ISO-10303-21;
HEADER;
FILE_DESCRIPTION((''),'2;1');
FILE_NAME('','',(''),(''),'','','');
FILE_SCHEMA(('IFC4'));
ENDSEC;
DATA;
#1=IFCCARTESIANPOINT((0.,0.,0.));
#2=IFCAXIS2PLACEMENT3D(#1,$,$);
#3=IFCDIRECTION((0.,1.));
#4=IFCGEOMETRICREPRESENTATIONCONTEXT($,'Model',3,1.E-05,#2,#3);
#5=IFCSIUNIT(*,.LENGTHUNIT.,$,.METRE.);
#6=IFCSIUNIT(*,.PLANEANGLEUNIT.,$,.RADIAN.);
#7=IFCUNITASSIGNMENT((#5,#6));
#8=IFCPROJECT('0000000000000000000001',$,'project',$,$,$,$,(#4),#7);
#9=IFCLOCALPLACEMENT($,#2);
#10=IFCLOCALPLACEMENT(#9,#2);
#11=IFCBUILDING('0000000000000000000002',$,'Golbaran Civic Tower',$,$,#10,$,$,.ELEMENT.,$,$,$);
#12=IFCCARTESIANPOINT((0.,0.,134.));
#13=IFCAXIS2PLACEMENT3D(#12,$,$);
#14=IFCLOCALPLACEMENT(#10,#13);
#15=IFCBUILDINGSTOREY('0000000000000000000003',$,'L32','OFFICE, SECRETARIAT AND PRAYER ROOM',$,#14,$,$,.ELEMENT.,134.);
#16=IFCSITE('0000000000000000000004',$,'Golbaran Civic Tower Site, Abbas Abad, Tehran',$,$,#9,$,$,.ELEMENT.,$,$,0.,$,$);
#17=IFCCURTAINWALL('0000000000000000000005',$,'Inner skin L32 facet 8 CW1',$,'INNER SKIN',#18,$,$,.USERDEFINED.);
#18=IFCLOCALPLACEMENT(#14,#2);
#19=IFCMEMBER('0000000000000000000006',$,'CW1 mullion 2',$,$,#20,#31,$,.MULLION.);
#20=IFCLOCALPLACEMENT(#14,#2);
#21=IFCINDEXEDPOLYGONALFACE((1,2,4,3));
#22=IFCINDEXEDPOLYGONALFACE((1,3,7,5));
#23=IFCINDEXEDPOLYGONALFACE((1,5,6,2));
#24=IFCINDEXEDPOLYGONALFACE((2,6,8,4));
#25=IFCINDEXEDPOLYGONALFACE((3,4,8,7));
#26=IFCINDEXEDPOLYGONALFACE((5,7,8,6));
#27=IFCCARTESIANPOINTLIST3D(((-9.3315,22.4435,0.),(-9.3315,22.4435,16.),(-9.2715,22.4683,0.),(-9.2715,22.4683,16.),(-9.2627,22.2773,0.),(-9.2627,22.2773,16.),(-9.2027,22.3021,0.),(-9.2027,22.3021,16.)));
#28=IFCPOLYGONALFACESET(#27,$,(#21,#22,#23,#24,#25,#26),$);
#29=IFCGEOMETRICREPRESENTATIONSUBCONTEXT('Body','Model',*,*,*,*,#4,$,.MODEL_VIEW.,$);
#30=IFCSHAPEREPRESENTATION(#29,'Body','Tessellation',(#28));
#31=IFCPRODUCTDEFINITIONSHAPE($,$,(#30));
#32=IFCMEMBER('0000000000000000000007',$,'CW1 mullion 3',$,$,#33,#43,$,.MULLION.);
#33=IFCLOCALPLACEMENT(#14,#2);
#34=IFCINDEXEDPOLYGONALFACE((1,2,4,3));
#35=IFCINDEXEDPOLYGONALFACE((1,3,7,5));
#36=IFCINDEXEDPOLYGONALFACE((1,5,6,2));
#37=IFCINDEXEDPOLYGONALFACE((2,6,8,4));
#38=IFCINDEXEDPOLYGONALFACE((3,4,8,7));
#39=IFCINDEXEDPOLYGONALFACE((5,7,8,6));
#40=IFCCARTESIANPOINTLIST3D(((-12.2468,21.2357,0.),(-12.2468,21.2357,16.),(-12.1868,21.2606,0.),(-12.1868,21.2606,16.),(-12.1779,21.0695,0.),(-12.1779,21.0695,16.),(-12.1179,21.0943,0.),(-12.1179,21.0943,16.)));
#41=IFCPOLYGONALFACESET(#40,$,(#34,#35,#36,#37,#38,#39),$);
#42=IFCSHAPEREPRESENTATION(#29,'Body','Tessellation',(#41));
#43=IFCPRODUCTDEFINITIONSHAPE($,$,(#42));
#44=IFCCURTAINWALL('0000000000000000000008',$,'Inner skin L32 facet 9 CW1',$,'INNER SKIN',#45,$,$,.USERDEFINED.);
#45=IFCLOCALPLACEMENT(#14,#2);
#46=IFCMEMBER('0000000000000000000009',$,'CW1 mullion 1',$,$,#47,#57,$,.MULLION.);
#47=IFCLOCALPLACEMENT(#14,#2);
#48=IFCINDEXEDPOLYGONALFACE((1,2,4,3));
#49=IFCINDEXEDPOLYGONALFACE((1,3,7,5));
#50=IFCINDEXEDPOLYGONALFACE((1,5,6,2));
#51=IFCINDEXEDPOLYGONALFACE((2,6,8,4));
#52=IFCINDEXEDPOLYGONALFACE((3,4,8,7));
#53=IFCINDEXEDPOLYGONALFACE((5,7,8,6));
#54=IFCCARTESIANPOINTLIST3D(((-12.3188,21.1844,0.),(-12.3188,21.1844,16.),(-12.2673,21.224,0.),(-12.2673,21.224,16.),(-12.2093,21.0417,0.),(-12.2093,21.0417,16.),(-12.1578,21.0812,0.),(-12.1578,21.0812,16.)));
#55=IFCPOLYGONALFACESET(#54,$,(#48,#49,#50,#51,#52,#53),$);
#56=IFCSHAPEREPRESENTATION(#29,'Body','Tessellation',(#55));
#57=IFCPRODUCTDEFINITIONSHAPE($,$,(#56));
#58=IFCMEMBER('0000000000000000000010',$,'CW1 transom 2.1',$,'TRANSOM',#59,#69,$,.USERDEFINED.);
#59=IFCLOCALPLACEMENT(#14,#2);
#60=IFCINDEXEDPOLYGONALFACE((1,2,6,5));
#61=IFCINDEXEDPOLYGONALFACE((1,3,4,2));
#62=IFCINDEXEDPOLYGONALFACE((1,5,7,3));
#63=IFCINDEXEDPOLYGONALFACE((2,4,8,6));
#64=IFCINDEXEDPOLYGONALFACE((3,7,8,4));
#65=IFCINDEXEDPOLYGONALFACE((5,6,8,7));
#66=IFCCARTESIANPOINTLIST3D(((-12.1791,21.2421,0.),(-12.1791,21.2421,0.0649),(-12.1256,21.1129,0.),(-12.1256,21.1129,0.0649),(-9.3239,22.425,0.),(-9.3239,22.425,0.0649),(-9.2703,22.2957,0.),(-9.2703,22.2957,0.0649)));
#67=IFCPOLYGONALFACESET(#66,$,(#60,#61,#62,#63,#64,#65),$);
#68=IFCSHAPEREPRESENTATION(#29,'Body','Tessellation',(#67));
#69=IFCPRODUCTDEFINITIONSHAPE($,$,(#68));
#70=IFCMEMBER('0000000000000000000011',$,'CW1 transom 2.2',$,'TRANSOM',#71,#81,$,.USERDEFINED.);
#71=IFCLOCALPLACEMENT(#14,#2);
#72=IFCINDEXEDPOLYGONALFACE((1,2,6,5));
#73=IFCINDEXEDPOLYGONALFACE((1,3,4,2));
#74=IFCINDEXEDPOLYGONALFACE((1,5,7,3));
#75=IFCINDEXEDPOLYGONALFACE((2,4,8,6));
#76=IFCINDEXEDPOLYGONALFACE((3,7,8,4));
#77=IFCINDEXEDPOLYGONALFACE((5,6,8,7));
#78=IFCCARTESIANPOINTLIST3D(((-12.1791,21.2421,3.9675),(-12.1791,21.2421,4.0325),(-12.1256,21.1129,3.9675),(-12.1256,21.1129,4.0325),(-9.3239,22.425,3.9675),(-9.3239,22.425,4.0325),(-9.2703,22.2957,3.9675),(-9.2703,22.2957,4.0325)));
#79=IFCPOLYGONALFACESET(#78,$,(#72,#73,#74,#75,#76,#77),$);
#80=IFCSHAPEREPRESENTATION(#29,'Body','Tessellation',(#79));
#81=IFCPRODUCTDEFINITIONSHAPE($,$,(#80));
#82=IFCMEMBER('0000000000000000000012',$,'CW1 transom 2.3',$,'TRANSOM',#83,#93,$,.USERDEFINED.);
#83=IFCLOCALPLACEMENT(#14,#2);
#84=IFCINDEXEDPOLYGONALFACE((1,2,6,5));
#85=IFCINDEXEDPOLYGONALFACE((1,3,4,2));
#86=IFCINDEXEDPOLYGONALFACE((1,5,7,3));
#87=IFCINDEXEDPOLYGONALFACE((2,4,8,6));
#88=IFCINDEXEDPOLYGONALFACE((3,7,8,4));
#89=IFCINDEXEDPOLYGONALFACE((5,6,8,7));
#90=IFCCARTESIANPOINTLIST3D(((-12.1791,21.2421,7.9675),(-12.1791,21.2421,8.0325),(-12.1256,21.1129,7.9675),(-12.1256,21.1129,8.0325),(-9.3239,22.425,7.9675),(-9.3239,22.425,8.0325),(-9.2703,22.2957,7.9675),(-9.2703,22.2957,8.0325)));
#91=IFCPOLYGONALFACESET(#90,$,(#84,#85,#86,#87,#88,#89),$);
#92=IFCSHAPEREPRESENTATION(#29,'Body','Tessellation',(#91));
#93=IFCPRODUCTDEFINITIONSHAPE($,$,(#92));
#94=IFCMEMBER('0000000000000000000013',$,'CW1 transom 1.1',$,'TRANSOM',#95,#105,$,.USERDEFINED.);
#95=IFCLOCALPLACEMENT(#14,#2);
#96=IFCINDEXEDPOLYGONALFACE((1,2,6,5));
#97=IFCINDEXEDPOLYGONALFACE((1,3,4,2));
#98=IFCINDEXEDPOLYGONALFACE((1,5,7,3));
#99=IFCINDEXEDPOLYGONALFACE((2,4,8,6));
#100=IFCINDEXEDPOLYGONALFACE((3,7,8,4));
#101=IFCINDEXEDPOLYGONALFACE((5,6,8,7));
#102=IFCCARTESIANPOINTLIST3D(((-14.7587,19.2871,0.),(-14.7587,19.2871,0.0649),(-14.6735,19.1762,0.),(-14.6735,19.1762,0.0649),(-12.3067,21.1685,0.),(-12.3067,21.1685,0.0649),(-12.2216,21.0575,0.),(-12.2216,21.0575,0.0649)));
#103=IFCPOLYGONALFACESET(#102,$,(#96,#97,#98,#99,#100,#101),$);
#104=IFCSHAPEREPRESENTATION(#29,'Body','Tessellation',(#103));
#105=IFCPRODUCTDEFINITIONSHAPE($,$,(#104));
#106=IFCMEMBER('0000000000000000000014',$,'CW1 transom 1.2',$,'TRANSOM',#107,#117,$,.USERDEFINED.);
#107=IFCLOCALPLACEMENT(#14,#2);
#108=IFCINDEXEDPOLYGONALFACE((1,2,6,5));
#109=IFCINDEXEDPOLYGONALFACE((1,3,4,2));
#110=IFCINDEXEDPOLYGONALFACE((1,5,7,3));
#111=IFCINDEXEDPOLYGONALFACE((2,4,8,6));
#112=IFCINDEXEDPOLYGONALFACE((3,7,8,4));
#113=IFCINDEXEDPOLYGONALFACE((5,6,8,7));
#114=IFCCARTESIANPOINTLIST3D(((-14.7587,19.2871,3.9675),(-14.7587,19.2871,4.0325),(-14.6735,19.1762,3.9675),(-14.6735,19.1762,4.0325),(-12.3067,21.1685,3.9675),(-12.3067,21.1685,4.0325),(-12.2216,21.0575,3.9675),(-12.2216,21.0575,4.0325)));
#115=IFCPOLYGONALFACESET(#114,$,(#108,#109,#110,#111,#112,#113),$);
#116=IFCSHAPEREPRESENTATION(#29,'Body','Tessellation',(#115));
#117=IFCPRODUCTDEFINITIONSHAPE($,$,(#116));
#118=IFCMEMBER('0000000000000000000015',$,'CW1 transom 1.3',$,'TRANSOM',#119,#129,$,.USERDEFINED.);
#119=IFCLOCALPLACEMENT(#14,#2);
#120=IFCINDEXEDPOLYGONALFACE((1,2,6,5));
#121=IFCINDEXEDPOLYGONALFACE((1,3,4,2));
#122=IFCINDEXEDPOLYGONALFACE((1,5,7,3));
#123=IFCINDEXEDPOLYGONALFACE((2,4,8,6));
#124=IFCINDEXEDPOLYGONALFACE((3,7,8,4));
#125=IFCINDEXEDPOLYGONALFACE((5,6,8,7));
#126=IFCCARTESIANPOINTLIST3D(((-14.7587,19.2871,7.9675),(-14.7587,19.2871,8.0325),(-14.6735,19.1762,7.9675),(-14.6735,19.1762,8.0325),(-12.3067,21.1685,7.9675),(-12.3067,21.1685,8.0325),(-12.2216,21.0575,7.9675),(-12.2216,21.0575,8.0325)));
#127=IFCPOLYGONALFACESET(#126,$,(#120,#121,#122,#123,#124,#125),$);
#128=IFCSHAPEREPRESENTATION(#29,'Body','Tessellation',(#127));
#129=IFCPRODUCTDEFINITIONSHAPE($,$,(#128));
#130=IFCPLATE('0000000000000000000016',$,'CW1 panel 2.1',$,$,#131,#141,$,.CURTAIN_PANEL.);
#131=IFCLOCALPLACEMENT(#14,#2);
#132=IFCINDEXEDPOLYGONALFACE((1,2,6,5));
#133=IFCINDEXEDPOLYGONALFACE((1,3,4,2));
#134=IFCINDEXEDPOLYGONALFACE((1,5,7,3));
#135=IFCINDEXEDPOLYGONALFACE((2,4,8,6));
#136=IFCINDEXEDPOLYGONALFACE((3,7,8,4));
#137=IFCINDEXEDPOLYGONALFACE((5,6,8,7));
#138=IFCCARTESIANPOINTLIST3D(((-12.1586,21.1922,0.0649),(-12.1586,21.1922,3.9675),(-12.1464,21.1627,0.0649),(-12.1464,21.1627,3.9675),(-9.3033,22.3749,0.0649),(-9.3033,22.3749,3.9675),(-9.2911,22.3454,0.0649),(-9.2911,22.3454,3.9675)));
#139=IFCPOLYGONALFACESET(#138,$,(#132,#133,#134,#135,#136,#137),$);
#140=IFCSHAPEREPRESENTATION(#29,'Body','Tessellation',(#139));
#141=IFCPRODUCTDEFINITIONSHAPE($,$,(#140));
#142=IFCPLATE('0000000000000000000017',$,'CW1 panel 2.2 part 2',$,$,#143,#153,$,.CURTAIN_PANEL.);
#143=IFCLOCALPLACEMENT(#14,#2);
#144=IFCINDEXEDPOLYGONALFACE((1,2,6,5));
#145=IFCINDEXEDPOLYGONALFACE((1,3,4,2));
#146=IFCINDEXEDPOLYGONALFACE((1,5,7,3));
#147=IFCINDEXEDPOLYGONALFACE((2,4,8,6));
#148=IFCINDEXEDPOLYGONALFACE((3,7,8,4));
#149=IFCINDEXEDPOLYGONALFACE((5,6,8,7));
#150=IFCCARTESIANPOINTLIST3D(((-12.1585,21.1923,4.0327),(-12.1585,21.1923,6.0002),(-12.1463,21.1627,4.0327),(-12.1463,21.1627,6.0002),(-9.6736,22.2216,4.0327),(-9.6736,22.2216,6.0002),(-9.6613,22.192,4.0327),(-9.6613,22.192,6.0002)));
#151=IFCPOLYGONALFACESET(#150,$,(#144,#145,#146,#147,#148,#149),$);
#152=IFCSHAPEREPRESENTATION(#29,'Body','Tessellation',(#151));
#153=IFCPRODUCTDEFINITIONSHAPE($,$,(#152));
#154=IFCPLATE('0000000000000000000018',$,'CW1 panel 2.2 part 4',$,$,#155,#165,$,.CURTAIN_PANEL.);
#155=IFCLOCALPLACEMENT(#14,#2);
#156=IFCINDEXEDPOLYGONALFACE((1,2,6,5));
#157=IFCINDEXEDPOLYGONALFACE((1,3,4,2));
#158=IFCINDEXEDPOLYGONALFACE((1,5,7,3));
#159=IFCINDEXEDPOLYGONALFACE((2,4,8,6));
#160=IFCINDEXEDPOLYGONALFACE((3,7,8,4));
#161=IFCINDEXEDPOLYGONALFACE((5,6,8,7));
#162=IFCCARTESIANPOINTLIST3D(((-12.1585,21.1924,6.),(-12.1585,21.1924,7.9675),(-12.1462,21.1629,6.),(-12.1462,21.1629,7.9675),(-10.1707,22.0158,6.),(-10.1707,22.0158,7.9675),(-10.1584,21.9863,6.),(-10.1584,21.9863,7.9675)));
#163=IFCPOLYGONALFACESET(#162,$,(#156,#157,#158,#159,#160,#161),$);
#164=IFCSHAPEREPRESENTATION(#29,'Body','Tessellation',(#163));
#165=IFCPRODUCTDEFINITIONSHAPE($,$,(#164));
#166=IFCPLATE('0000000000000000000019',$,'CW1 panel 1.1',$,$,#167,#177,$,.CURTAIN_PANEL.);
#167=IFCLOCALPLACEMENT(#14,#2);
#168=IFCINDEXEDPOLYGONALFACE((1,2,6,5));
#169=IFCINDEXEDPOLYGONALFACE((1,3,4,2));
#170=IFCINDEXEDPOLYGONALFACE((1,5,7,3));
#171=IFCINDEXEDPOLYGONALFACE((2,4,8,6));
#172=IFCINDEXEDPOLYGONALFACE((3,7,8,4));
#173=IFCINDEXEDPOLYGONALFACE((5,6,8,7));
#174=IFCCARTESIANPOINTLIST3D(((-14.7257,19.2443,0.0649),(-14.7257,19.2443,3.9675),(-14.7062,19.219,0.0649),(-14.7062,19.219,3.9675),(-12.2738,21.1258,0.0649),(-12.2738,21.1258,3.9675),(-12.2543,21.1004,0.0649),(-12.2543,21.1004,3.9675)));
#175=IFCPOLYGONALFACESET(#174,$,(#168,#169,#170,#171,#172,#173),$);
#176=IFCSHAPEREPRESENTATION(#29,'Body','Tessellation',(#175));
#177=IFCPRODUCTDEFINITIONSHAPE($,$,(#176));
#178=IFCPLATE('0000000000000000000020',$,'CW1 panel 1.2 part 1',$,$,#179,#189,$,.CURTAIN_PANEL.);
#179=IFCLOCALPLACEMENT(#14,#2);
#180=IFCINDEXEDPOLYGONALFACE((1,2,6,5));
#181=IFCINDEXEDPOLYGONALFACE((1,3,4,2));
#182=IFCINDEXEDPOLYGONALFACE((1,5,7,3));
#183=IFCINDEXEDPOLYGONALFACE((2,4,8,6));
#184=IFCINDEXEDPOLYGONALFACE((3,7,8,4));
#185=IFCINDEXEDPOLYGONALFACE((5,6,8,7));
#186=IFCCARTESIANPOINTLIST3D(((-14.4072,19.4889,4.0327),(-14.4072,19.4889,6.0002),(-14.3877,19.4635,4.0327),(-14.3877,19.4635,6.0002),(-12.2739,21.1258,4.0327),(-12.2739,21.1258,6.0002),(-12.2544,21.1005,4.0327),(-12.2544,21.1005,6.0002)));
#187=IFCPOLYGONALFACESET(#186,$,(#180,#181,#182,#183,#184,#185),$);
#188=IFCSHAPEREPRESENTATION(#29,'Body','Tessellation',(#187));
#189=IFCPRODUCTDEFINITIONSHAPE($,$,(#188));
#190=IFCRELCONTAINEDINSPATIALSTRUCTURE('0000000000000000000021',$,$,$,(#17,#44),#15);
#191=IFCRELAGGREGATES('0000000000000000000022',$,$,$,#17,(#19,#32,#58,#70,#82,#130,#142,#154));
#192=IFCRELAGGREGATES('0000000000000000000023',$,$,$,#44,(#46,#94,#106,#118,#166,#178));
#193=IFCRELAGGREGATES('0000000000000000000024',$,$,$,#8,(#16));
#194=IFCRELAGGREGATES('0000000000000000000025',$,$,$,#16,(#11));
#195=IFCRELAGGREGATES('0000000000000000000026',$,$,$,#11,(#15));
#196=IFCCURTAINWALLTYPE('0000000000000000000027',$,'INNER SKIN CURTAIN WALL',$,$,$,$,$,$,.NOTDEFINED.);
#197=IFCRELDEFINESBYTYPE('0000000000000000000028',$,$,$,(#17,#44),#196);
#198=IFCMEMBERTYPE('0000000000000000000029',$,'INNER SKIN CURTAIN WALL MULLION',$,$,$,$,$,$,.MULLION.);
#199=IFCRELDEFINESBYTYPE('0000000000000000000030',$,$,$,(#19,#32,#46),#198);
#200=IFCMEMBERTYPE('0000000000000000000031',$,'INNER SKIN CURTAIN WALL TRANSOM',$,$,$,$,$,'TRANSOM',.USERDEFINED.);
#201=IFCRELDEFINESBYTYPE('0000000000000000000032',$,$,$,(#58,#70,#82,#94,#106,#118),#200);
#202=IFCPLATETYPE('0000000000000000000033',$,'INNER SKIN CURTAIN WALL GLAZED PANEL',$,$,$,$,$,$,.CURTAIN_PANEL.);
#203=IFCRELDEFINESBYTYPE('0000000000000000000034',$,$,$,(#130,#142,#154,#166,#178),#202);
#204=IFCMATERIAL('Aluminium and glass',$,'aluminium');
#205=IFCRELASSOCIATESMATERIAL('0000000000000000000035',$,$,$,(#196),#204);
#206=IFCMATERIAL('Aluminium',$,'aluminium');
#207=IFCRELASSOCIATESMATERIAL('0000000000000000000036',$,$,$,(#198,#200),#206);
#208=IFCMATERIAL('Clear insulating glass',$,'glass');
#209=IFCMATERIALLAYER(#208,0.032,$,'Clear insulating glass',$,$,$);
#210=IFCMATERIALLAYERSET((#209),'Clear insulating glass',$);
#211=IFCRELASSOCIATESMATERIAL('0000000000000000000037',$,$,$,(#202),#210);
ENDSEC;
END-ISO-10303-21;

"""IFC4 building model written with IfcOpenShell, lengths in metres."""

from ifc_helpers import new_model, si_unit, direction, frame, origin, origin_2d, place, context, subcontext, project, spatial, rectangle, extrude, material, layer, layer_set, material_profile, profile_set, type_object, element, aggregate, save


model = new_model("IFC4")

# Units and contexts
model_context = context("Model", 3, precision=1e-05, world=origin(), true_north=direction((0.0, 1.0)))
body_context = subcontext(model_context, "Body", "Model", "MODEL_VIEW")
ifc_project = project(units=[si_unit("LENGTHUNIT", "METRE"), si_unit("PLANEANGLEUNIT", "RADIAN")], contexts=[model_context])

# Site, building, storey
site_placement = place(None, origin())
site = spatial("IfcSite", under=ifc_project, at=site_placement, Name="Golbaran Civic Tower Site, Abbas Abad, Tehran", CompositionType="ELEMENT", RefElevation=0.0)
building_placement = place(site_placement, origin())
building = spatial("IfcBuilding", under=site, at=building_placement, Name="Golbaran Civic Tower", CompositionType="ELEMENT")
storey_placement = place(building_placement, frame((0.0, 0.0, 134.0)))
storey = spatial("IfcBuildingStorey", under=building, at=storey_placement, Name="L32", Description="OFFICE, SECRETARIAT AND PRAYER ROOM", CompositionType="ELEMENT", Elevation=134.0)

# Curtain wall, members
ifc_material_1 = material(Name="Aluminium and glass", Category="aluminium")
curtain_wall_type_1 = type_object("IfcCurtainWallType", Name="INNER SKIN CURTAIN WALL", PredefinedType="NOTDEFINED", material=ifc_material_1)
curtain_wall_1_placement = place(storey_placement, origin())
curtain_wall_1 = element("IfcCurtainWall", 1, at=curtain_wall_1_placement, inside=storey, type_object=curtain_wall_type_1, Name="Inner skin L32 facet 8 CW1", ObjectType="INNER SKIN", PredefinedType="USERDEFINED")
ifc_material_2 = material(Name="Aluminium", Category="aluminium")
ifc_material_profile_1 = material_profile(ifc_material_2, rectangle(XDim=0.1799, YDim=0.0649, at=origin_2d()), Name="INNER SKIN CURTAIN WALL MULLION")
ifc_profile_set_1 = profile_set([ifc_material_profile_1], Name="Aluminium")
member_type_1 = type_object("IfcMemberType", Name="INNER SKIN CURTAIN WALL MULLION", PredefinedType="MULLION", material=ifc_profile_set_1)
member_1_placement = place(storey_placement, frame((-9.2671, 22.3728, 0.0), z_axis=(0.0, 0.0, 1.0), x_axis=(0.382683, -0.92388, 0.0)))
member_1 = element("IfcMember", 2, at=member_1_placement, type_object=member_type_1, Name="CW1 mullion 2", PredefinedType="MULLION", context=body_context, shape_type="SweptSolid", body=[
    extrude(rectangle(XDim=0.1799, YDim=0.0649, at=origin_2d()), origin(), (0.0, 0.0, 1.0), 16.0),
])
member_2_placement = place(storey_placement, frame((-12.1824, 21.165, 0.0), z_axis=(0.0, 0.0, 1.0), x_axis=(0.382683, -0.92388, 0.0)))
member_2 = element("IfcMember", 3, at=member_2_placement, type_object=member_type_1, Name="CW1 mullion 3", PredefinedType="MULLION", context=body_context, shape_type="SweptSolid", body=[
    extrude(rectangle(XDim=0.1799, YDim=0.0649, at=origin_2d()), origin(), (0.0, 0.0, 1.0), 16.0),
])

# Curtain wall, member
curtain_wall_2_placement = place(storey_placement, origin())
curtain_wall_2 = element("IfcCurtainWall", 4, at=curtain_wall_2_placement, inside=storey, type_object=curtain_wall_type_1, Name="Inner skin L32 facet 9 CW1", ObjectType="INNER SKIN", PredefinedType="USERDEFINED")
member_3_placement = place(storey_placement, frame((-12.2383, 21.1328, 0.0), z_axis=(0.0, 0.0, 1.0), x_axis=(0.608761, -0.793353, 0.0)))
member_3 = element("IfcMember", 5, at=member_3_placement, type_object=member_type_1, Name="CW1 mullion 1", PredefinedType="MULLION", context=body_context, shape_type="SweptSolid", body=[
    extrude(rectangle(XDim=0.1799, YDim=0.0649, at=origin_2d()), origin(), (0.0, 0.0, 1.0), 16.0),
])

# Members
ifc_material_profile_2 = material_profile(ifc_material_2, rectangle(XDim=0.1399, YDim=0.0649, at=origin_2d()), Name="INNER SKIN CURTAIN WALL TRANSOM")
ifc_profile_set_2 = profile_set([ifc_material_profile_2], Name="Aluminium")
member_type_2 = type_object("IfcMemberType", Name="INNER SKIN CURTAIN WALL TRANSOM", ElementType="TRANSOM", PredefinedType="USERDEFINED", material=ifc_profile_set_2)
member_4_placement = place(storey_placement, frame((-9.2971, 22.3604, 0.0325), z_axis=(-0.923858, -0.382736, 0.0), x_axis=(0.382736, -0.923858, 0.0)))
member_4 = element("IfcMember", 6, at=member_4_placement, type_object=member_type_2, Name="CW1 transom 2.1", ObjectType="TRANSOM", PredefinedType="USERDEFINED", context=body_context, shape_type="SweptSolid", body=[
    extrude(rectangle(XDim=0.1399, YDim=0.0649, at=origin_2d()), origin(), (0.0, 0.0, 1.0), 3.0906),
])
member_5_placement = place(storey_placement, frame((-9.2971, 22.3604, 4.0), z_axis=(-0.923858, -0.382736, 0.0), x_axis=(0.382736, -0.923858, 0.0)))
member_5 = element("IfcMember", 7, at=member_5_placement, type_object=member_type_2, Name="CW1 transom 2.2", ObjectType="TRANSOM", PredefinedType="USERDEFINED", context=body_context, shape_type="SweptSolid", body=[
    extrude(rectangle(XDim=0.1399, YDim=0.0649, at=origin_2d()), origin(), (0.0, 0.0, 1.0), 3.0906),
])
member_6_placement = place(storey_placement, frame((-9.2971, 22.3604, 8.0), z_axis=(-0.923858, -0.382736, 0.0), x_axis=(0.382736, -0.923858, 0.0)))
member_6 = element("IfcMember", 8, at=member_6_placement, type_object=member_type_2, Name="CW1 transom 2.3", ObjectType="TRANSOM", PredefinedType="USERDEFINED", context=body_context, shape_type="SweptSolid", body=[
    extrude(rectangle(XDim=0.1399, YDim=0.0649, at=origin_2d()), origin(), (0.0, 0.0, 1.0), 3.0906),
])
member_7_placement = place(storey_placement, frame((-12.2642, 21.113, 0.0325), z_axis=(-0.793363, -0.608748, 0.0), x_axis=(0.608748, -0.793363, 0.0)))
member_7 = element("IfcMember", 9, at=member_7_placement, type_object=member_type_2, Name="CW1 transom 1.1", ObjectType="TRANSOM", PredefinedType="USERDEFINED", context=body_context, shape_type="SweptSolid", body=[
    extrude(rectangle(XDim=0.1399, YDim=0.0649, at=origin_2d()), origin(), (0.0, 0.0, 1.0), 3.0906),
])
member_8_placement = place(storey_placement, frame((-12.2642, 21.113, 4.0), z_axis=(-0.793363, -0.608748, 0.0), x_axis=(0.608748, -0.793363, 0.0)))
member_8 = element("IfcMember", 10, at=member_8_placement, type_object=member_type_2, Name="CW1 transom 1.2", ObjectType="TRANSOM", PredefinedType="USERDEFINED", context=body_context, shape_type="SweptSolid", body=[
    extrude(rectangle(XDim=0.1399, YDim=0.0649, at=origin_2d()), origin(), (0.0, 0.0, 1.0), 3.0906),
])
member_9_placement = place(storey_placement, frame((-12.2642, 21.113, 8.0), z_axis=(-0.793363, -0.608748, 0.0), x_axis=(0.608748, -0.793363, 0.0)))
member_9 = element("IfcMember", 11, at=member_9_placement, type_object=member_type_2, Name="CW1 transom 1.3", ObjectType="TRANSOM", PredefinedType="USERDEFINED", context=body_context, shape_type="SweptSolid", body=[
    extrude(rectangle(XDim=0.1399, YDim=0.0649, at=origin_2d()), origin(), (0.0, 0.0, 1.0), 3.0906),
])

# Plates
ifc_material_3 = material(Name="Clear insulating glass", Category="glass")
ifc_layer_1 = layer(ifc_material_3, 0.032, Name="Clear insulating glass")
ifc_layer_set_1 = layer_set([ifc_layer_1], Name="Clear insulating glass")
plate_type_1 = type_object("IfcPlateType", Name="INNER SKIN CURTAIN WALL GLAZED PANEL", PredefinedType="CURTAIN_PANEL", material=ifc_layer_set_1)
plate_1_placement = place(storey_placement, frame((-10.7249, 21.7688, 0.0649), z_axis=(0.0, 0.0, 1.0), x_axis=(-0.92388, -0.382683, 0.0)))
plate_1 = element("IfcPlate", 12, at=plate_1_placement, type_object=plate_type_1, Name="CW1 panel 2.1", PredefinedType="CURTAIN_PANEL", context=body_context, shape_type="SweptSolid", body=[
    extrude(rectangle(XDim=3.0906, YDim=0.032, at=origin_2d()), origin(), (0.0, 0.0, 1.0), 3.9026),
])
plate_2_placement = place(storey_placement, frame((-10.9099, 21.6921, 4.0327), z_axis=(0.0, 0.0, 1.0), x_axis=(-0.92388, -0.382683, 0.0)))
plate_2 = element("IfcPlate", 13, at=plate_2_placement, type_object=plate_type_1, Name="CW1 panel 2.2 part 2", PredefinedType="CURTAIN_PANEL", context=body_context, shape_type="SweptSolid", body=[
    extrude(rectangle(XDim=2.6897, YDim=0.032, at=origin_2d()), origin(), (0.0, 0.0, 1.0), 1.9675),
])
plate_3_placement = place(storey_placement, frame((-11.1584, 21.5894, 6.0), z_axis=(0.0, 0.0, 1.0), x_axis=(-0.92388, -0.382683, 0.0)))
plate_3 = element("IfcPlate", 14, at=plate_3_placement, type_object=plate_type_1, Name="CW1 panel 2.2 part 4", PredefinedType="CURTAIN_PANEL", context=body_context, shape_type="SweptSolid", body=[
    extrude(rectangle(XDim=2.1516, YDim=0.032, at=origin_2d()), origin(), (0.0, 0.0, 1.0), 1.9675),
])
plate_4_placement = place(storey_placement, frame((-13.49, 20.1724, 0.0649), z_axis=(0.0, 0.0, 1.0), x_axis=(-0.793353, -0.608761, 0.0)))
plate_4 = element("IfcPlate", 15, at=plate_4_placement, type_object=plate_type_1, Name="CW1 panel 1.1", PredefinedType="CURTAIN_PANEL", context=body_context, shape_type="SweptSolid", body=[
    extrude(rectangle(XDim=3.0906, YDim=0.032, at=origin_2d()), origin(), (0.0, 0.0, 1.0), 3.9026),
])
plate_5_placement = place(storey_placement, frame((-13.3308, 20.2947, 4.0327), z_axis=(0.0, 0.0, 1.0), x_axis=(-0.793353, -0.608761, 0.0)))
plate_5 = element("IfcPlate", 16, at=plate_5_placement, type_object=plate_type_1, Name="CW1 panel 1.2 part 1", PredefinedType="CURTAIN_PANEL", context=body_context, shape_type="SweptSolid", body=[
    extrude(rectangle(XDim=2.689, YDim=0.032, at=origin_2d()), origin(), (0.0, 0.0, 1.0), 1.9675),
])
aggregate(curtain_wall_1, [member_1, member_2, member_4, member_5, member_6, plate_1, plate_2, plate_3])
aggregate(curtain_wall_2, [member_3, member_7, member_8, member_9, plate_4, plate_5])

save(model, "model.ifc")
